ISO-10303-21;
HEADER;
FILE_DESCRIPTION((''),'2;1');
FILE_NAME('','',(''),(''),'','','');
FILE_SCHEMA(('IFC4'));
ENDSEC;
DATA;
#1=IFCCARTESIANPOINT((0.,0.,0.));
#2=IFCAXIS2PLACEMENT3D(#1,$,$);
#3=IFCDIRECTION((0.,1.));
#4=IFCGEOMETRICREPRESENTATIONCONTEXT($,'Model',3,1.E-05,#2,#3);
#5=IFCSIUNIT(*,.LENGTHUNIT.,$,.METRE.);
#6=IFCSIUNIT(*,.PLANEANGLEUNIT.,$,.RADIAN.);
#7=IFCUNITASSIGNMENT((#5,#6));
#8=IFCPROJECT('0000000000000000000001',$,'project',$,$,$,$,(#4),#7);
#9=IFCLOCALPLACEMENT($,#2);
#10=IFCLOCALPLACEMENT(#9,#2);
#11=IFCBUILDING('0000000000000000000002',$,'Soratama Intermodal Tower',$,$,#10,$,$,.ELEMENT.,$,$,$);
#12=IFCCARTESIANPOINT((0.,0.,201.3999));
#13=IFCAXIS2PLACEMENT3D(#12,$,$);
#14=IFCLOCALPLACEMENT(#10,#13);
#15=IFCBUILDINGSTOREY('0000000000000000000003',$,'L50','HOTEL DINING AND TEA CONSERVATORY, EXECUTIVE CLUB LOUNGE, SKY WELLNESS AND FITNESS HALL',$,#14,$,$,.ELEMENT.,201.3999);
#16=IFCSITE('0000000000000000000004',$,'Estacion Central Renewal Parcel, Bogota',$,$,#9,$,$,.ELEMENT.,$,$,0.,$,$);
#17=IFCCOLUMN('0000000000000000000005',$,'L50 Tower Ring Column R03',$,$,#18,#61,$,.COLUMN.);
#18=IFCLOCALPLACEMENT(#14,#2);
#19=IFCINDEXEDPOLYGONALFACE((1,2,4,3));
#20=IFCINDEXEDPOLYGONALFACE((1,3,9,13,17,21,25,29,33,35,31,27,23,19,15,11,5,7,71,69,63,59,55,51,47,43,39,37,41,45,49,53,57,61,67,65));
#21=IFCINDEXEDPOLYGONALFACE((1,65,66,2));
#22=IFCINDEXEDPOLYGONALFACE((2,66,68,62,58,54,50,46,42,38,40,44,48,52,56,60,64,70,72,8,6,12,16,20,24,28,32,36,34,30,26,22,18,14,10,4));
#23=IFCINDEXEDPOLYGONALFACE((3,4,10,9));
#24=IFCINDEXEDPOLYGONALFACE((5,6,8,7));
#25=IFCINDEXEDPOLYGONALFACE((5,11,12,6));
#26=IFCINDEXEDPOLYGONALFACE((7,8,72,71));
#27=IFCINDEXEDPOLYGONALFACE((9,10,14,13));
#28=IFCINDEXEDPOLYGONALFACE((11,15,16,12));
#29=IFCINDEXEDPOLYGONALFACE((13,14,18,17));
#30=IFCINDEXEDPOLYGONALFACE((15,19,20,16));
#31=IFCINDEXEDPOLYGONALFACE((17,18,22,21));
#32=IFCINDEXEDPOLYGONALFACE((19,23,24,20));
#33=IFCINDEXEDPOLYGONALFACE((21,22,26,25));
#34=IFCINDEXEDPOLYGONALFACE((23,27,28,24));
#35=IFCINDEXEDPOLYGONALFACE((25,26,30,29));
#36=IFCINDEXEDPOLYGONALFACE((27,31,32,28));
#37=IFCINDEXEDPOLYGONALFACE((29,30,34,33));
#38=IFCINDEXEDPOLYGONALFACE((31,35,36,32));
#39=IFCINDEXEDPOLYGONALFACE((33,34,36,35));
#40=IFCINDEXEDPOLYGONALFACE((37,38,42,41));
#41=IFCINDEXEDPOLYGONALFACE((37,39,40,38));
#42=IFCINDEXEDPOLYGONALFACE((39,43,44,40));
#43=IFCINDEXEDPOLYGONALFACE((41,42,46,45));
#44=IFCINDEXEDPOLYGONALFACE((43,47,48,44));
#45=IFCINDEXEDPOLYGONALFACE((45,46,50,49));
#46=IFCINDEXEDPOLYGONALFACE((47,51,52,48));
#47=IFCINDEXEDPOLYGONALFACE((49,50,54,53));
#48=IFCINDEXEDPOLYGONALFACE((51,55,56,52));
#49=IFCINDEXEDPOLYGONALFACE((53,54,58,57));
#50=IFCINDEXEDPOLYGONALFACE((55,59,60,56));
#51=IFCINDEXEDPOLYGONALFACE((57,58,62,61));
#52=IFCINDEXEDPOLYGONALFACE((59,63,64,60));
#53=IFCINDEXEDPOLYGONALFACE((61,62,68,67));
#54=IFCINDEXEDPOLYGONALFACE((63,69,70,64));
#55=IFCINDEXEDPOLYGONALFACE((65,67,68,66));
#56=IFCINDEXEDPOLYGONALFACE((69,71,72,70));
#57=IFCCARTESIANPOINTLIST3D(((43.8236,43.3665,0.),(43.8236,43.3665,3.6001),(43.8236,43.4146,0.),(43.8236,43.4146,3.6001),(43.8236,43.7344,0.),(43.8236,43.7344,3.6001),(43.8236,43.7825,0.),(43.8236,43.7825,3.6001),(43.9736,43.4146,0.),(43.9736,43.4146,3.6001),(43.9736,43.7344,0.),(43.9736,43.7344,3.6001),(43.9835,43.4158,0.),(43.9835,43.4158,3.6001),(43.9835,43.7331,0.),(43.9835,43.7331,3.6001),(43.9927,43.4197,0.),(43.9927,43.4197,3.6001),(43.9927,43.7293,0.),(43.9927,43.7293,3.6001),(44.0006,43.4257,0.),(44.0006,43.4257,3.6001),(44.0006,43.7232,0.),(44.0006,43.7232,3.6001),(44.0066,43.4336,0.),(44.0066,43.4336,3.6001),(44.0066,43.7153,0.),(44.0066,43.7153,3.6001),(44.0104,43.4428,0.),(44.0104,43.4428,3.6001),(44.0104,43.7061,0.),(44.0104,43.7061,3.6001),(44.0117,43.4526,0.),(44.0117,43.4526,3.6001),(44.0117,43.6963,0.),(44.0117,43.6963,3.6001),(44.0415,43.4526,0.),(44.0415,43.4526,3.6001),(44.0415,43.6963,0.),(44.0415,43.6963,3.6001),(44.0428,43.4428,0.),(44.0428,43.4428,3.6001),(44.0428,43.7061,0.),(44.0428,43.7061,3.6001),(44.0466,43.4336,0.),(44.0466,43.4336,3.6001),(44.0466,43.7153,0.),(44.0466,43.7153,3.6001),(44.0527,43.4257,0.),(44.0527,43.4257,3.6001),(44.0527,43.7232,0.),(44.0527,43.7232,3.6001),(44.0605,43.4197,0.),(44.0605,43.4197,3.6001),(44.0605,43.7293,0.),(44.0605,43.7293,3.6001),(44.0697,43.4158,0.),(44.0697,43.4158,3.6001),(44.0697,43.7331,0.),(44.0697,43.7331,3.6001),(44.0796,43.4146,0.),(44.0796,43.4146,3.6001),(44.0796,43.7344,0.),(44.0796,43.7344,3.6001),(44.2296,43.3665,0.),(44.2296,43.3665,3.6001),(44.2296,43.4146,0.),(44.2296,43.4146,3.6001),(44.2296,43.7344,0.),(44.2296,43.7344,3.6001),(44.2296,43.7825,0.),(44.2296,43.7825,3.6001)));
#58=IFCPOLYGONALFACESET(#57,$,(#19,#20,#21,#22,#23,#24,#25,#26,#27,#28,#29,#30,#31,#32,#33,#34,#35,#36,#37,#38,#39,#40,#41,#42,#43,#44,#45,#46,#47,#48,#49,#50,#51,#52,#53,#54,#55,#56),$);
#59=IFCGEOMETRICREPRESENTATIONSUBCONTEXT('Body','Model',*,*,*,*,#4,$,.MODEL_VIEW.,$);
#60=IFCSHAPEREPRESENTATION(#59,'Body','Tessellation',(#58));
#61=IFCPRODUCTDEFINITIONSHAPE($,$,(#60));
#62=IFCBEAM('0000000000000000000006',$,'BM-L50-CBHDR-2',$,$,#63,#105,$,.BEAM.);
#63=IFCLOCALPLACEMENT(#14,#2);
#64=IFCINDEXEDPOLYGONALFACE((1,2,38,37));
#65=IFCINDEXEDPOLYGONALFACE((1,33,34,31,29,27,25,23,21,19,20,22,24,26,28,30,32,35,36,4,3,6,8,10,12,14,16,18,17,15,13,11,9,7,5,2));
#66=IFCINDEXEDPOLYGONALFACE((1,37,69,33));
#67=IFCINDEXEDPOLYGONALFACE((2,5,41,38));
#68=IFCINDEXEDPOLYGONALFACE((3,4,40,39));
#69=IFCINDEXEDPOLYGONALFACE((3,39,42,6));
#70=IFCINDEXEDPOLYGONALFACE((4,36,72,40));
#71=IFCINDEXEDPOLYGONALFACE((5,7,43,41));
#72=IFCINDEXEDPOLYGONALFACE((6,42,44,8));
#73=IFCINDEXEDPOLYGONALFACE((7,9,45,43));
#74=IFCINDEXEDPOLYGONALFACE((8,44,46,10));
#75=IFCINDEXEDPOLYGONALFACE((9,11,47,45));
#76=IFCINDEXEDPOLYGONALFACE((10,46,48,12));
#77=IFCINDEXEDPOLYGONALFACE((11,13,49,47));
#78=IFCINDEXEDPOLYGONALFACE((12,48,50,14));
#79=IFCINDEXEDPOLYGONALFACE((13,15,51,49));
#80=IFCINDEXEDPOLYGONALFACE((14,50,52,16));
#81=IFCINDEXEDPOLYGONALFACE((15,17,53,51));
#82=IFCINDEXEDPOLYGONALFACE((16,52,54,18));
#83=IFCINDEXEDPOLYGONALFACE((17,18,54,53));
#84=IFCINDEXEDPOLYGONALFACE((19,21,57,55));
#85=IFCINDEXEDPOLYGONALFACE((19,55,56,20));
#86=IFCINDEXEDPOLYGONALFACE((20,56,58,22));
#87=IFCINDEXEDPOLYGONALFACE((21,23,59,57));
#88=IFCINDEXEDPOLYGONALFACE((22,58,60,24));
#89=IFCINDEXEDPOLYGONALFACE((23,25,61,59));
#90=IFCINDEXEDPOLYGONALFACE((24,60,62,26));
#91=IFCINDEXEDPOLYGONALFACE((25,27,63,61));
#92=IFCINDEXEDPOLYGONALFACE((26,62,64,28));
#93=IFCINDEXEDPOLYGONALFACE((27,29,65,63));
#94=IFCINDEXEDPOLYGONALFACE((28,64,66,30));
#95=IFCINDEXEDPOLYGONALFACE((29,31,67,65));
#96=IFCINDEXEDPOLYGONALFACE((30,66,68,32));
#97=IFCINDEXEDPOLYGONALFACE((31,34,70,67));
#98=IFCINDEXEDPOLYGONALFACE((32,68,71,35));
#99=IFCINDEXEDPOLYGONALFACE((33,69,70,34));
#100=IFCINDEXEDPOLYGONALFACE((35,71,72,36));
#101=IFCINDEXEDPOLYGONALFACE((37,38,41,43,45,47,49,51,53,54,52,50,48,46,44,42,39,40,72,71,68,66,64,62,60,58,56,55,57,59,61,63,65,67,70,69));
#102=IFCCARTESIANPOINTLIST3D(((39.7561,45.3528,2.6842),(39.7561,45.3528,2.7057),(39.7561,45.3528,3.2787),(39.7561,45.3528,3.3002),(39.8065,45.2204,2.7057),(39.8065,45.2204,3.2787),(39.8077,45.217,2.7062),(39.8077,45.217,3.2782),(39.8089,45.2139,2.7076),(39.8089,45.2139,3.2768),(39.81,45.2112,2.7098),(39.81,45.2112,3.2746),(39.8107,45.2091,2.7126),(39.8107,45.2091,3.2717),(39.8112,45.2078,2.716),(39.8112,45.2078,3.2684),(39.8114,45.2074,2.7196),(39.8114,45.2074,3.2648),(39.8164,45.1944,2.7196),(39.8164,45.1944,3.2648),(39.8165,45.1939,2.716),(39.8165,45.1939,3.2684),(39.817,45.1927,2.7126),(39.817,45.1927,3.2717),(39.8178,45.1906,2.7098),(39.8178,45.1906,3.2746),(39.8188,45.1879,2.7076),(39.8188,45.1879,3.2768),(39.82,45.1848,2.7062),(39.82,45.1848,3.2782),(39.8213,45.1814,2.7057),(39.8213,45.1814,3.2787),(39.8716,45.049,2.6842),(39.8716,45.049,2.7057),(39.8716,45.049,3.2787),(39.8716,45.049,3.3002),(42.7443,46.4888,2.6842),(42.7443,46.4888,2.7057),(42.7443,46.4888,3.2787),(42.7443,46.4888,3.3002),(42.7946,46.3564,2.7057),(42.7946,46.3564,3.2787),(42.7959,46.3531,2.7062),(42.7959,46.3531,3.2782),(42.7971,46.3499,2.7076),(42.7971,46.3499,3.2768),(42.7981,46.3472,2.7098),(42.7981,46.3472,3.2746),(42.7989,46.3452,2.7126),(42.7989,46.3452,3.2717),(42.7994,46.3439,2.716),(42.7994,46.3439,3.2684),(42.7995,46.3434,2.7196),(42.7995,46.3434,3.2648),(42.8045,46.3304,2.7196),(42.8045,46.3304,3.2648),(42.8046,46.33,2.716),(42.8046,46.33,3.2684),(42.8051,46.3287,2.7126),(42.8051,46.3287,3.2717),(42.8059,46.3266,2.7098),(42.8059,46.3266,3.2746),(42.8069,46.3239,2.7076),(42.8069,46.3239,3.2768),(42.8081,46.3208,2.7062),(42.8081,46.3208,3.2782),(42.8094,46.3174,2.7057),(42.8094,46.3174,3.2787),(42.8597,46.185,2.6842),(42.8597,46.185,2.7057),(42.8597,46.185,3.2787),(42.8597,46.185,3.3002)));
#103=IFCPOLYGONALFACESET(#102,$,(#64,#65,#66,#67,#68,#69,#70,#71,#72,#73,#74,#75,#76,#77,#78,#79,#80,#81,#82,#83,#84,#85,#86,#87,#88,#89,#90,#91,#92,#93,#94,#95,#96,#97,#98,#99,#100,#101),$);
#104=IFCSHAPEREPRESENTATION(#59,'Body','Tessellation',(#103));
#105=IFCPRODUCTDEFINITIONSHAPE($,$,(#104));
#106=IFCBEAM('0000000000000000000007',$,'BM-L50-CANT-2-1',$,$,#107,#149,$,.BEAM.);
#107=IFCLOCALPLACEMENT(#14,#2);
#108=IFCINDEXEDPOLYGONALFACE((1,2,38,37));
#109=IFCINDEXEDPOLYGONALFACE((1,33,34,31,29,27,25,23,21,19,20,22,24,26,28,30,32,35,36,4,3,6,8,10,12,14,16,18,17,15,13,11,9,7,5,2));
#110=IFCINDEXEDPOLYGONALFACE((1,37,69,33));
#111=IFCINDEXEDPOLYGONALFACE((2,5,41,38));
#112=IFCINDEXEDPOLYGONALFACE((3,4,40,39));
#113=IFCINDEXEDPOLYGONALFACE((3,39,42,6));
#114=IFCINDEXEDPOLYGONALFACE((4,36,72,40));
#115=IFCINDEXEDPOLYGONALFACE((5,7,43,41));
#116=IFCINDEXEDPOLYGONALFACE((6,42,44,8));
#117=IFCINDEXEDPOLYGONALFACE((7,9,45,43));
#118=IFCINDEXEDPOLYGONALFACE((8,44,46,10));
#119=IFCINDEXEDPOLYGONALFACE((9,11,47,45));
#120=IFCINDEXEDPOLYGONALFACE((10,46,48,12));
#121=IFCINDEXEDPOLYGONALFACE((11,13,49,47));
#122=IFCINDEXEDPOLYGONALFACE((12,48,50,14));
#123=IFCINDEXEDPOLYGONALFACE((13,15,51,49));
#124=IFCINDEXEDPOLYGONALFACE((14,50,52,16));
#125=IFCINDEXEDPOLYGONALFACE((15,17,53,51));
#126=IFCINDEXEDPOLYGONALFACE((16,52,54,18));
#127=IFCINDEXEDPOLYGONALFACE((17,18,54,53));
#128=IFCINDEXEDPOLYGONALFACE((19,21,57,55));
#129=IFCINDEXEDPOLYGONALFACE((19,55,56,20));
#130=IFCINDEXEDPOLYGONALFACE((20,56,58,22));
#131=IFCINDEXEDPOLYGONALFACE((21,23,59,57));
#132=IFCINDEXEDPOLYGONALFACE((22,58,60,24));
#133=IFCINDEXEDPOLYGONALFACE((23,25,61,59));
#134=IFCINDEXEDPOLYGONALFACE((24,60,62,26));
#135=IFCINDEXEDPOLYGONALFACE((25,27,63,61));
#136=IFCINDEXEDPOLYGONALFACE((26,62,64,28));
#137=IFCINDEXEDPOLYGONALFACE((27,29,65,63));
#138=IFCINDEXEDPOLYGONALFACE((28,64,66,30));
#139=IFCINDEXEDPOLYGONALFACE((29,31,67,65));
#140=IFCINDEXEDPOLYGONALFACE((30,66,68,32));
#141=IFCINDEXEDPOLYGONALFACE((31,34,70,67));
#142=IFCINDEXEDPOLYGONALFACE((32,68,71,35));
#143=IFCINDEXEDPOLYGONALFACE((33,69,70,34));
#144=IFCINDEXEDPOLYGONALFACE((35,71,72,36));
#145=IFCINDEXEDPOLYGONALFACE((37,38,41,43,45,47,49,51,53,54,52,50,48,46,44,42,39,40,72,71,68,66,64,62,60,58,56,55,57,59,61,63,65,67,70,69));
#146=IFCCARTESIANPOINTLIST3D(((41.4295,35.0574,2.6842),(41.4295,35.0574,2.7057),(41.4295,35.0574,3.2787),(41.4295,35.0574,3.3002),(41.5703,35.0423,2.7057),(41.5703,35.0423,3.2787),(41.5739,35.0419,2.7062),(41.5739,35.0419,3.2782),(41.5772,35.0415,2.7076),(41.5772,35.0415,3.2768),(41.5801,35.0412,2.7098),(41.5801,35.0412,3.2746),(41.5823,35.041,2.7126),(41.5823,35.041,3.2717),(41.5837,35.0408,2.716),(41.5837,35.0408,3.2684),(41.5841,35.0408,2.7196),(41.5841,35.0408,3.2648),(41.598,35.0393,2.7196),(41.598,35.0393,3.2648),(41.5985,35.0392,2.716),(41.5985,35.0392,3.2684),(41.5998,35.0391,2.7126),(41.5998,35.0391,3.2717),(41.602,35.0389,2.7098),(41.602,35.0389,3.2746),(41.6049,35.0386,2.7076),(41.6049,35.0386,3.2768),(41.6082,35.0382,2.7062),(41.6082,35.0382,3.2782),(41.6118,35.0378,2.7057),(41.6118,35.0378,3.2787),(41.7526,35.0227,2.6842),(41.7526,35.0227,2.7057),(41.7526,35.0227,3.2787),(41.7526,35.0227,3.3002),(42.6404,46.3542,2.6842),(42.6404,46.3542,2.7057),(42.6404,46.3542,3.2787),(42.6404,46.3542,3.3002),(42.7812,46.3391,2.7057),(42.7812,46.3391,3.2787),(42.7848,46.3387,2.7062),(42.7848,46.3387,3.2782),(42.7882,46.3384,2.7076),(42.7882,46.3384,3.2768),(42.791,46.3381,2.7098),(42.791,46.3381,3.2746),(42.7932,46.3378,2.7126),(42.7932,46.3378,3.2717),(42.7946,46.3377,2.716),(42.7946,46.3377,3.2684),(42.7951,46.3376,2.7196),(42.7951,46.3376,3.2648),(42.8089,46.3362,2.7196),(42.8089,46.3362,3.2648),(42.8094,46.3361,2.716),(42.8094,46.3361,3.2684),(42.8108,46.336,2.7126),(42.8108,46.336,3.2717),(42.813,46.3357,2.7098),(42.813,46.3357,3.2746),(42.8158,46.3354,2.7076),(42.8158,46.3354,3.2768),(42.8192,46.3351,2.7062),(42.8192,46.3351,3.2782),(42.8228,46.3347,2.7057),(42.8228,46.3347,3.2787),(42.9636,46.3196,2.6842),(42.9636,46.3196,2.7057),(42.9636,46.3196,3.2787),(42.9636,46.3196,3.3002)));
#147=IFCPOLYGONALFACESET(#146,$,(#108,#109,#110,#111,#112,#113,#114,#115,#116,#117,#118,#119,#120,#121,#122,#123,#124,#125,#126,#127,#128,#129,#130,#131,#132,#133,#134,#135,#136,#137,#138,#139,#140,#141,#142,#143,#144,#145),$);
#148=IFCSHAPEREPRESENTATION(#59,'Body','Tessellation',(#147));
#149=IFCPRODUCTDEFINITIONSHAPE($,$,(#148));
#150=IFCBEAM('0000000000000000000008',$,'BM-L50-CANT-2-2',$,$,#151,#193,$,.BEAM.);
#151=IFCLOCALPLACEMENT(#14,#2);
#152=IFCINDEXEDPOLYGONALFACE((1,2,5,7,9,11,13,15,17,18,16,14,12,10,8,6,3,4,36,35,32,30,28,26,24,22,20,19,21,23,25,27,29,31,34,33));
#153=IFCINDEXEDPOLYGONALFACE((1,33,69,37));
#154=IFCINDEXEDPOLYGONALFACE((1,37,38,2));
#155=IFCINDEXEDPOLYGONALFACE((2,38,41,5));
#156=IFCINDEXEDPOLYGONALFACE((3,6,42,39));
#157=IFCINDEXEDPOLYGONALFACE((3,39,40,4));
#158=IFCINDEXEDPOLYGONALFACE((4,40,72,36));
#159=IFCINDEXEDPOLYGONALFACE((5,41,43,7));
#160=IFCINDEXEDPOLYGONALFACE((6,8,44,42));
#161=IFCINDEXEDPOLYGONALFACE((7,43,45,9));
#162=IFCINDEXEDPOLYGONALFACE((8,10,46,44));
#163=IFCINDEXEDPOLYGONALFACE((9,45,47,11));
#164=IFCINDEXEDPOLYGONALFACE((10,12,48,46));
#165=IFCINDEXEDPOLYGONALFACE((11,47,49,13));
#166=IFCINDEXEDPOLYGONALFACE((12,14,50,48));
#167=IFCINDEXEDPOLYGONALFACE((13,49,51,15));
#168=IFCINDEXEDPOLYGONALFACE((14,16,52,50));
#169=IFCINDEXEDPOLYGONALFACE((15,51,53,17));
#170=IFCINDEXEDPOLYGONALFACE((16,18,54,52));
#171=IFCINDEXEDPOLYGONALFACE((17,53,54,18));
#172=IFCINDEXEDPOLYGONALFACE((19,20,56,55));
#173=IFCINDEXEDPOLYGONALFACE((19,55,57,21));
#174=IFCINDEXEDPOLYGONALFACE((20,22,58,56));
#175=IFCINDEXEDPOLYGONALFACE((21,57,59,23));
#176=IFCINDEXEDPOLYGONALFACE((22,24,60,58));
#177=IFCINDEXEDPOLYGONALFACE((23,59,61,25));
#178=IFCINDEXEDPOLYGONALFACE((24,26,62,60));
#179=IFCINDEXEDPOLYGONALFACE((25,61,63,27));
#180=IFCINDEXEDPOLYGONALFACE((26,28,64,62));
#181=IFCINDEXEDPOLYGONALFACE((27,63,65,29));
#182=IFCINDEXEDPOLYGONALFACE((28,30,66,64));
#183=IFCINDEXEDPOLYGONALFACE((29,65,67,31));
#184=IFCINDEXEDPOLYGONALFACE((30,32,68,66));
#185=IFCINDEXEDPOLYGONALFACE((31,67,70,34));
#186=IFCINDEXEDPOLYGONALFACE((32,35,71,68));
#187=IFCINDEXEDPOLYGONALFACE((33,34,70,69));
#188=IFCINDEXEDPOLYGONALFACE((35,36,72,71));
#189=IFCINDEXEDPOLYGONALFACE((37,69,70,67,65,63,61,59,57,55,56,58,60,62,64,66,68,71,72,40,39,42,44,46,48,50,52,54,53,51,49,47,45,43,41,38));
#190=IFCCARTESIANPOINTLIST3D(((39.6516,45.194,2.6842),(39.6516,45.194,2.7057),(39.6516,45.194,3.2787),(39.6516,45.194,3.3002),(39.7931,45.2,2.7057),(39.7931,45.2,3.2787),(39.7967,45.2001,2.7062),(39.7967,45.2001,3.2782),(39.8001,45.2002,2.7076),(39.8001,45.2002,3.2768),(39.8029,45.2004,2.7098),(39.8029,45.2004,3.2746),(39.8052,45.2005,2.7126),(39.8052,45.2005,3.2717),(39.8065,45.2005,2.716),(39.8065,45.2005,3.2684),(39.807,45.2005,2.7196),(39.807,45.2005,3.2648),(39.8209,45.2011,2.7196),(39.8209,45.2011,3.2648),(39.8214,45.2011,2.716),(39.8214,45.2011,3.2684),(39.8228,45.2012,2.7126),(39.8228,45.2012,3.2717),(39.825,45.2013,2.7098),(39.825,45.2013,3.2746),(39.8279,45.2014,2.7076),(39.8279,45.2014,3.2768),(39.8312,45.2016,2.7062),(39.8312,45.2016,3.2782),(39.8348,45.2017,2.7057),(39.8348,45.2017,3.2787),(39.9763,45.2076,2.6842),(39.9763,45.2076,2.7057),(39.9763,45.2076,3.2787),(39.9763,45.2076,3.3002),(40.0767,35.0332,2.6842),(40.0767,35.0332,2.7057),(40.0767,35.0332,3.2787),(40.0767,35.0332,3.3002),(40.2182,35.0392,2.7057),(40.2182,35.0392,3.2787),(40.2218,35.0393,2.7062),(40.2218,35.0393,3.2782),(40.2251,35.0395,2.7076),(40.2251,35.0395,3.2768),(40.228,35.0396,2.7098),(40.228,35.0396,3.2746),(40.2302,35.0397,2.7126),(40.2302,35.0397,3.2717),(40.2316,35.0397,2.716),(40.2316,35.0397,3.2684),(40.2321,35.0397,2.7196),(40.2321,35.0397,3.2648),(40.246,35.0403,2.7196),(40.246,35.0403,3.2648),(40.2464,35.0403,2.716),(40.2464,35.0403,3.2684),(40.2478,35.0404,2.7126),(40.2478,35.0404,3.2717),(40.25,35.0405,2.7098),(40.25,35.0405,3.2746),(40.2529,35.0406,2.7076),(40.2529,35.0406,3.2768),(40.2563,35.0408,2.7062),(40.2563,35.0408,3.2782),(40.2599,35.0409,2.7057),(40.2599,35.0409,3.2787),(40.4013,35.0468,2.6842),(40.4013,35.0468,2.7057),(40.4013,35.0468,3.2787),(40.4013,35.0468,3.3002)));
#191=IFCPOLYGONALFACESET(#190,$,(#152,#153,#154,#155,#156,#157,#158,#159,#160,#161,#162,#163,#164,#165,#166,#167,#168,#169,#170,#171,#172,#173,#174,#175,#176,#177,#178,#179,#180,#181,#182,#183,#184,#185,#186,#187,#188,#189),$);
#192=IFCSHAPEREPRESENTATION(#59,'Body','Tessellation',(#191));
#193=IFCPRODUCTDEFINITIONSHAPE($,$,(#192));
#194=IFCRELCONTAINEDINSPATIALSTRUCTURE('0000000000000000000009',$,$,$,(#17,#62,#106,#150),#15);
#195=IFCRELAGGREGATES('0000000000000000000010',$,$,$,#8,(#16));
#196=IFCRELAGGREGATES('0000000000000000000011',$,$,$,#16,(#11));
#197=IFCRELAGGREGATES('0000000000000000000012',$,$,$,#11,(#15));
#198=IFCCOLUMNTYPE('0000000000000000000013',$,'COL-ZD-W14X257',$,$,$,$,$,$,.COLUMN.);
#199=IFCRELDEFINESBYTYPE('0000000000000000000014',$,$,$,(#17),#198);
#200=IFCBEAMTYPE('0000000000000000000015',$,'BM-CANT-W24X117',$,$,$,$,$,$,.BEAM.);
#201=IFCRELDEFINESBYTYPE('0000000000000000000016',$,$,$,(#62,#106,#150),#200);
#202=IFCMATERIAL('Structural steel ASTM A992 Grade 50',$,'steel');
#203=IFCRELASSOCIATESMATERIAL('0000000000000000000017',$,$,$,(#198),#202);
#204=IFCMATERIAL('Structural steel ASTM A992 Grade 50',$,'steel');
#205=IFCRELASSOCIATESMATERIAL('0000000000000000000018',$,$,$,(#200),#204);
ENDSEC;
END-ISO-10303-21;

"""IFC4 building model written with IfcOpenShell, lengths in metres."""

from ifc_helpers import new_model, si_unit, direction, frame, origin, origin_2d, place, context, subcontext, project, spatial, i_section, extrude, material, material_profile, profile_set, type_object, element, save


model = new_model("IFC4")

# Units and contexts
model_context = context("Model", 3, precision=1e-05, world=origin(), true_north=direction((0.0, 1.0)))
body_context = subcontext(model_context, "Body", "Model", "MODEL_VIEW")
ifc_project = project(units=[si_unit("LENGTHUNIT", "METRE"), si_unit("PLANEANGLEUNIT", "RADIAN")], contexts=[model_context])

# Site, building, storey
site_placement = place(None, origin())
site = spatial("IfcSite", under=ifc_project, at=site_placement, Name="Estacion Central Renewal Parcel, Bogota", CompositionType="ELEMENT", RefElevation=0.0)
building_placement = place(site_placement, origin())
building = spatial("IfcBuilding", under=site, at=building_placement, Name="Soratama Intermodal Tower", CompositionType="ELEMENT")
storey_placement = place(building_placement, frame((0.0, 0.0, 201.3999)))
storey = spatial("IfcBuildingStorey", under=building, at=storey_placement, Name="L50", Description="HOTEL DINING AND TEA CONSERVATORY, EXECUTIVE CLUB LOUNGE, SKY WELLNESS AND FITNESS HALL", CompositionType="ELEMENT", Elevation=201.3999)

# Column
ifc_material_1 = material(Name="Structural steel ASTM A992 Grade 50", Category="steel")
ifc_material_profile_1 = material_profile(ifc_material_1, i_section(OverallWidth=0.406, OverallDepth=0.416, WebThickness=0.0298, FlangeThickness=0.0481, FilletRadius=0.0381, at=origin_2d()), Name="W14X257")
ifc_profile_set_1 = profile_set([ifc_material_profile_1], Name="Structural steel ASTM A992 Grade 50")
column_type = type_object("IfcColumnType", Name="COL-ZD-W14X257", PredefinedType="COLUMN", material=ifc_profile_set_1)
column_placement = place(storey_placement, frame((44.0266, 43.5745, 0.0), z_axis=(0.0, 0.0, 1.0), x_axis=(1.0, 0.0, 0.0)))
element("IfcColumn", 1, at=column_placement, inside=storey, type_object=column_type, Name="L50 Tower Ring Column R03", PredefinedType="COLUMN", context=body_context, shape_type="SweptSolid", body=[
    extrude(i_section(OverallWidth=0.406, OverallDepth=0.416, WebThickness=0.0298, FlangeThickness=0.0481, FilletRadius=0.0381, at=origin_2d()), origin(), (0.0, 0.0, 1.0), 3.6001),
])

# Beams
ifc_material_2 = material(Name="Structural steel ASTM A992 Grade 50", Category="steel")
ifc_material_profile_2 = material_profile(ifc_material_2, i_section(OverallWidth=0.325, OverallDepth=0.616, WebThickness=0.0139, FlangeThickness=0.0215, FilletRadius=0.0139, at=origin_2d()), Name="W24X117")
ifc_profile_set_2 = profile_set([ifc_material_profile_2], Name="Structural steel ASTM A992 Grade 50")
beam_type_1 = type_object("IfcBeamType", Name="BM-CANT-W24X117", PredefinedType="BEAM", material=ifc_profile_set_2)
beam_1_placement = place(storey_placement, frame((42.802, 46.3369, 2.9922), z_axis=(-0.934728, -0.355363, 0.0), x_axis=(0.355363, -0.934728, 0.0)))
element("IfcBeam", 2, at=beam_1_placement, inside=storey, type_object=beam_type_1, Name="BM-L50-CBHDR-2", PredefinedType="BEAM", context=body_context, shape_type="SweptSolid", body=[
    extrude(i_section(OverallWidth=0.325, OverallDepth=0.616, WebThickness=0.0139, FlangeThickness=0.0215, FilletRadius=0.0139, at=origin_2d()), origin(), (0.0, 0.0, 1.0), 3.1968),
])
beam_2_placement = place(storey_placement, frame((41.5911, 35.04, 2.9922), z_axis=(0.106582, 0.994304, 0.0), x_axis=(-0.994304, 0.106582, 0.0)))
element("IfcBeam", 3, at=beam_2_placement, inside=storey, type_object=beam_type_1, Name="BM-L50-CANT-2-1", PredefinedType="BEAM", context=body_context, shape_type="SweptSolid", body=[
    extrude(i_section(OverallWidth=0.325, OverallDepth=0.616, WebThickness=0.0139, FlangeThickness=0.0215, FilletRadius=0.0139, at=origin_2d()), origin(), (0.0, 0.0, 1.0), 11.3616),
])
beam_3_placement = place(storey_placement, frame((40.239, 35.04, 2.9922), z_axis=(-0.041795, 0.999126, 0.0), x_axis=(-0.999126, -0.041795, 0.0)))
element("IfcBeam", 4, at=beam_3_placement, inside=storey, type_object=beam_type_1, Name="BM-L50-CANT-2-2", PredefinedType="BEAM", context=body_context, shape_type="SweptSolid", body=[
    extrude(i_section(OverallWidth=0.325, OverallDepth=0.616, WebThickness=0.0139, FlangeThickness=0.0215, FilletRadius=0.0139, at=origin_2d()), origin(), (0.0, 0.0, 1.0), 10.1697),
])

save(model, "model.ifc")
